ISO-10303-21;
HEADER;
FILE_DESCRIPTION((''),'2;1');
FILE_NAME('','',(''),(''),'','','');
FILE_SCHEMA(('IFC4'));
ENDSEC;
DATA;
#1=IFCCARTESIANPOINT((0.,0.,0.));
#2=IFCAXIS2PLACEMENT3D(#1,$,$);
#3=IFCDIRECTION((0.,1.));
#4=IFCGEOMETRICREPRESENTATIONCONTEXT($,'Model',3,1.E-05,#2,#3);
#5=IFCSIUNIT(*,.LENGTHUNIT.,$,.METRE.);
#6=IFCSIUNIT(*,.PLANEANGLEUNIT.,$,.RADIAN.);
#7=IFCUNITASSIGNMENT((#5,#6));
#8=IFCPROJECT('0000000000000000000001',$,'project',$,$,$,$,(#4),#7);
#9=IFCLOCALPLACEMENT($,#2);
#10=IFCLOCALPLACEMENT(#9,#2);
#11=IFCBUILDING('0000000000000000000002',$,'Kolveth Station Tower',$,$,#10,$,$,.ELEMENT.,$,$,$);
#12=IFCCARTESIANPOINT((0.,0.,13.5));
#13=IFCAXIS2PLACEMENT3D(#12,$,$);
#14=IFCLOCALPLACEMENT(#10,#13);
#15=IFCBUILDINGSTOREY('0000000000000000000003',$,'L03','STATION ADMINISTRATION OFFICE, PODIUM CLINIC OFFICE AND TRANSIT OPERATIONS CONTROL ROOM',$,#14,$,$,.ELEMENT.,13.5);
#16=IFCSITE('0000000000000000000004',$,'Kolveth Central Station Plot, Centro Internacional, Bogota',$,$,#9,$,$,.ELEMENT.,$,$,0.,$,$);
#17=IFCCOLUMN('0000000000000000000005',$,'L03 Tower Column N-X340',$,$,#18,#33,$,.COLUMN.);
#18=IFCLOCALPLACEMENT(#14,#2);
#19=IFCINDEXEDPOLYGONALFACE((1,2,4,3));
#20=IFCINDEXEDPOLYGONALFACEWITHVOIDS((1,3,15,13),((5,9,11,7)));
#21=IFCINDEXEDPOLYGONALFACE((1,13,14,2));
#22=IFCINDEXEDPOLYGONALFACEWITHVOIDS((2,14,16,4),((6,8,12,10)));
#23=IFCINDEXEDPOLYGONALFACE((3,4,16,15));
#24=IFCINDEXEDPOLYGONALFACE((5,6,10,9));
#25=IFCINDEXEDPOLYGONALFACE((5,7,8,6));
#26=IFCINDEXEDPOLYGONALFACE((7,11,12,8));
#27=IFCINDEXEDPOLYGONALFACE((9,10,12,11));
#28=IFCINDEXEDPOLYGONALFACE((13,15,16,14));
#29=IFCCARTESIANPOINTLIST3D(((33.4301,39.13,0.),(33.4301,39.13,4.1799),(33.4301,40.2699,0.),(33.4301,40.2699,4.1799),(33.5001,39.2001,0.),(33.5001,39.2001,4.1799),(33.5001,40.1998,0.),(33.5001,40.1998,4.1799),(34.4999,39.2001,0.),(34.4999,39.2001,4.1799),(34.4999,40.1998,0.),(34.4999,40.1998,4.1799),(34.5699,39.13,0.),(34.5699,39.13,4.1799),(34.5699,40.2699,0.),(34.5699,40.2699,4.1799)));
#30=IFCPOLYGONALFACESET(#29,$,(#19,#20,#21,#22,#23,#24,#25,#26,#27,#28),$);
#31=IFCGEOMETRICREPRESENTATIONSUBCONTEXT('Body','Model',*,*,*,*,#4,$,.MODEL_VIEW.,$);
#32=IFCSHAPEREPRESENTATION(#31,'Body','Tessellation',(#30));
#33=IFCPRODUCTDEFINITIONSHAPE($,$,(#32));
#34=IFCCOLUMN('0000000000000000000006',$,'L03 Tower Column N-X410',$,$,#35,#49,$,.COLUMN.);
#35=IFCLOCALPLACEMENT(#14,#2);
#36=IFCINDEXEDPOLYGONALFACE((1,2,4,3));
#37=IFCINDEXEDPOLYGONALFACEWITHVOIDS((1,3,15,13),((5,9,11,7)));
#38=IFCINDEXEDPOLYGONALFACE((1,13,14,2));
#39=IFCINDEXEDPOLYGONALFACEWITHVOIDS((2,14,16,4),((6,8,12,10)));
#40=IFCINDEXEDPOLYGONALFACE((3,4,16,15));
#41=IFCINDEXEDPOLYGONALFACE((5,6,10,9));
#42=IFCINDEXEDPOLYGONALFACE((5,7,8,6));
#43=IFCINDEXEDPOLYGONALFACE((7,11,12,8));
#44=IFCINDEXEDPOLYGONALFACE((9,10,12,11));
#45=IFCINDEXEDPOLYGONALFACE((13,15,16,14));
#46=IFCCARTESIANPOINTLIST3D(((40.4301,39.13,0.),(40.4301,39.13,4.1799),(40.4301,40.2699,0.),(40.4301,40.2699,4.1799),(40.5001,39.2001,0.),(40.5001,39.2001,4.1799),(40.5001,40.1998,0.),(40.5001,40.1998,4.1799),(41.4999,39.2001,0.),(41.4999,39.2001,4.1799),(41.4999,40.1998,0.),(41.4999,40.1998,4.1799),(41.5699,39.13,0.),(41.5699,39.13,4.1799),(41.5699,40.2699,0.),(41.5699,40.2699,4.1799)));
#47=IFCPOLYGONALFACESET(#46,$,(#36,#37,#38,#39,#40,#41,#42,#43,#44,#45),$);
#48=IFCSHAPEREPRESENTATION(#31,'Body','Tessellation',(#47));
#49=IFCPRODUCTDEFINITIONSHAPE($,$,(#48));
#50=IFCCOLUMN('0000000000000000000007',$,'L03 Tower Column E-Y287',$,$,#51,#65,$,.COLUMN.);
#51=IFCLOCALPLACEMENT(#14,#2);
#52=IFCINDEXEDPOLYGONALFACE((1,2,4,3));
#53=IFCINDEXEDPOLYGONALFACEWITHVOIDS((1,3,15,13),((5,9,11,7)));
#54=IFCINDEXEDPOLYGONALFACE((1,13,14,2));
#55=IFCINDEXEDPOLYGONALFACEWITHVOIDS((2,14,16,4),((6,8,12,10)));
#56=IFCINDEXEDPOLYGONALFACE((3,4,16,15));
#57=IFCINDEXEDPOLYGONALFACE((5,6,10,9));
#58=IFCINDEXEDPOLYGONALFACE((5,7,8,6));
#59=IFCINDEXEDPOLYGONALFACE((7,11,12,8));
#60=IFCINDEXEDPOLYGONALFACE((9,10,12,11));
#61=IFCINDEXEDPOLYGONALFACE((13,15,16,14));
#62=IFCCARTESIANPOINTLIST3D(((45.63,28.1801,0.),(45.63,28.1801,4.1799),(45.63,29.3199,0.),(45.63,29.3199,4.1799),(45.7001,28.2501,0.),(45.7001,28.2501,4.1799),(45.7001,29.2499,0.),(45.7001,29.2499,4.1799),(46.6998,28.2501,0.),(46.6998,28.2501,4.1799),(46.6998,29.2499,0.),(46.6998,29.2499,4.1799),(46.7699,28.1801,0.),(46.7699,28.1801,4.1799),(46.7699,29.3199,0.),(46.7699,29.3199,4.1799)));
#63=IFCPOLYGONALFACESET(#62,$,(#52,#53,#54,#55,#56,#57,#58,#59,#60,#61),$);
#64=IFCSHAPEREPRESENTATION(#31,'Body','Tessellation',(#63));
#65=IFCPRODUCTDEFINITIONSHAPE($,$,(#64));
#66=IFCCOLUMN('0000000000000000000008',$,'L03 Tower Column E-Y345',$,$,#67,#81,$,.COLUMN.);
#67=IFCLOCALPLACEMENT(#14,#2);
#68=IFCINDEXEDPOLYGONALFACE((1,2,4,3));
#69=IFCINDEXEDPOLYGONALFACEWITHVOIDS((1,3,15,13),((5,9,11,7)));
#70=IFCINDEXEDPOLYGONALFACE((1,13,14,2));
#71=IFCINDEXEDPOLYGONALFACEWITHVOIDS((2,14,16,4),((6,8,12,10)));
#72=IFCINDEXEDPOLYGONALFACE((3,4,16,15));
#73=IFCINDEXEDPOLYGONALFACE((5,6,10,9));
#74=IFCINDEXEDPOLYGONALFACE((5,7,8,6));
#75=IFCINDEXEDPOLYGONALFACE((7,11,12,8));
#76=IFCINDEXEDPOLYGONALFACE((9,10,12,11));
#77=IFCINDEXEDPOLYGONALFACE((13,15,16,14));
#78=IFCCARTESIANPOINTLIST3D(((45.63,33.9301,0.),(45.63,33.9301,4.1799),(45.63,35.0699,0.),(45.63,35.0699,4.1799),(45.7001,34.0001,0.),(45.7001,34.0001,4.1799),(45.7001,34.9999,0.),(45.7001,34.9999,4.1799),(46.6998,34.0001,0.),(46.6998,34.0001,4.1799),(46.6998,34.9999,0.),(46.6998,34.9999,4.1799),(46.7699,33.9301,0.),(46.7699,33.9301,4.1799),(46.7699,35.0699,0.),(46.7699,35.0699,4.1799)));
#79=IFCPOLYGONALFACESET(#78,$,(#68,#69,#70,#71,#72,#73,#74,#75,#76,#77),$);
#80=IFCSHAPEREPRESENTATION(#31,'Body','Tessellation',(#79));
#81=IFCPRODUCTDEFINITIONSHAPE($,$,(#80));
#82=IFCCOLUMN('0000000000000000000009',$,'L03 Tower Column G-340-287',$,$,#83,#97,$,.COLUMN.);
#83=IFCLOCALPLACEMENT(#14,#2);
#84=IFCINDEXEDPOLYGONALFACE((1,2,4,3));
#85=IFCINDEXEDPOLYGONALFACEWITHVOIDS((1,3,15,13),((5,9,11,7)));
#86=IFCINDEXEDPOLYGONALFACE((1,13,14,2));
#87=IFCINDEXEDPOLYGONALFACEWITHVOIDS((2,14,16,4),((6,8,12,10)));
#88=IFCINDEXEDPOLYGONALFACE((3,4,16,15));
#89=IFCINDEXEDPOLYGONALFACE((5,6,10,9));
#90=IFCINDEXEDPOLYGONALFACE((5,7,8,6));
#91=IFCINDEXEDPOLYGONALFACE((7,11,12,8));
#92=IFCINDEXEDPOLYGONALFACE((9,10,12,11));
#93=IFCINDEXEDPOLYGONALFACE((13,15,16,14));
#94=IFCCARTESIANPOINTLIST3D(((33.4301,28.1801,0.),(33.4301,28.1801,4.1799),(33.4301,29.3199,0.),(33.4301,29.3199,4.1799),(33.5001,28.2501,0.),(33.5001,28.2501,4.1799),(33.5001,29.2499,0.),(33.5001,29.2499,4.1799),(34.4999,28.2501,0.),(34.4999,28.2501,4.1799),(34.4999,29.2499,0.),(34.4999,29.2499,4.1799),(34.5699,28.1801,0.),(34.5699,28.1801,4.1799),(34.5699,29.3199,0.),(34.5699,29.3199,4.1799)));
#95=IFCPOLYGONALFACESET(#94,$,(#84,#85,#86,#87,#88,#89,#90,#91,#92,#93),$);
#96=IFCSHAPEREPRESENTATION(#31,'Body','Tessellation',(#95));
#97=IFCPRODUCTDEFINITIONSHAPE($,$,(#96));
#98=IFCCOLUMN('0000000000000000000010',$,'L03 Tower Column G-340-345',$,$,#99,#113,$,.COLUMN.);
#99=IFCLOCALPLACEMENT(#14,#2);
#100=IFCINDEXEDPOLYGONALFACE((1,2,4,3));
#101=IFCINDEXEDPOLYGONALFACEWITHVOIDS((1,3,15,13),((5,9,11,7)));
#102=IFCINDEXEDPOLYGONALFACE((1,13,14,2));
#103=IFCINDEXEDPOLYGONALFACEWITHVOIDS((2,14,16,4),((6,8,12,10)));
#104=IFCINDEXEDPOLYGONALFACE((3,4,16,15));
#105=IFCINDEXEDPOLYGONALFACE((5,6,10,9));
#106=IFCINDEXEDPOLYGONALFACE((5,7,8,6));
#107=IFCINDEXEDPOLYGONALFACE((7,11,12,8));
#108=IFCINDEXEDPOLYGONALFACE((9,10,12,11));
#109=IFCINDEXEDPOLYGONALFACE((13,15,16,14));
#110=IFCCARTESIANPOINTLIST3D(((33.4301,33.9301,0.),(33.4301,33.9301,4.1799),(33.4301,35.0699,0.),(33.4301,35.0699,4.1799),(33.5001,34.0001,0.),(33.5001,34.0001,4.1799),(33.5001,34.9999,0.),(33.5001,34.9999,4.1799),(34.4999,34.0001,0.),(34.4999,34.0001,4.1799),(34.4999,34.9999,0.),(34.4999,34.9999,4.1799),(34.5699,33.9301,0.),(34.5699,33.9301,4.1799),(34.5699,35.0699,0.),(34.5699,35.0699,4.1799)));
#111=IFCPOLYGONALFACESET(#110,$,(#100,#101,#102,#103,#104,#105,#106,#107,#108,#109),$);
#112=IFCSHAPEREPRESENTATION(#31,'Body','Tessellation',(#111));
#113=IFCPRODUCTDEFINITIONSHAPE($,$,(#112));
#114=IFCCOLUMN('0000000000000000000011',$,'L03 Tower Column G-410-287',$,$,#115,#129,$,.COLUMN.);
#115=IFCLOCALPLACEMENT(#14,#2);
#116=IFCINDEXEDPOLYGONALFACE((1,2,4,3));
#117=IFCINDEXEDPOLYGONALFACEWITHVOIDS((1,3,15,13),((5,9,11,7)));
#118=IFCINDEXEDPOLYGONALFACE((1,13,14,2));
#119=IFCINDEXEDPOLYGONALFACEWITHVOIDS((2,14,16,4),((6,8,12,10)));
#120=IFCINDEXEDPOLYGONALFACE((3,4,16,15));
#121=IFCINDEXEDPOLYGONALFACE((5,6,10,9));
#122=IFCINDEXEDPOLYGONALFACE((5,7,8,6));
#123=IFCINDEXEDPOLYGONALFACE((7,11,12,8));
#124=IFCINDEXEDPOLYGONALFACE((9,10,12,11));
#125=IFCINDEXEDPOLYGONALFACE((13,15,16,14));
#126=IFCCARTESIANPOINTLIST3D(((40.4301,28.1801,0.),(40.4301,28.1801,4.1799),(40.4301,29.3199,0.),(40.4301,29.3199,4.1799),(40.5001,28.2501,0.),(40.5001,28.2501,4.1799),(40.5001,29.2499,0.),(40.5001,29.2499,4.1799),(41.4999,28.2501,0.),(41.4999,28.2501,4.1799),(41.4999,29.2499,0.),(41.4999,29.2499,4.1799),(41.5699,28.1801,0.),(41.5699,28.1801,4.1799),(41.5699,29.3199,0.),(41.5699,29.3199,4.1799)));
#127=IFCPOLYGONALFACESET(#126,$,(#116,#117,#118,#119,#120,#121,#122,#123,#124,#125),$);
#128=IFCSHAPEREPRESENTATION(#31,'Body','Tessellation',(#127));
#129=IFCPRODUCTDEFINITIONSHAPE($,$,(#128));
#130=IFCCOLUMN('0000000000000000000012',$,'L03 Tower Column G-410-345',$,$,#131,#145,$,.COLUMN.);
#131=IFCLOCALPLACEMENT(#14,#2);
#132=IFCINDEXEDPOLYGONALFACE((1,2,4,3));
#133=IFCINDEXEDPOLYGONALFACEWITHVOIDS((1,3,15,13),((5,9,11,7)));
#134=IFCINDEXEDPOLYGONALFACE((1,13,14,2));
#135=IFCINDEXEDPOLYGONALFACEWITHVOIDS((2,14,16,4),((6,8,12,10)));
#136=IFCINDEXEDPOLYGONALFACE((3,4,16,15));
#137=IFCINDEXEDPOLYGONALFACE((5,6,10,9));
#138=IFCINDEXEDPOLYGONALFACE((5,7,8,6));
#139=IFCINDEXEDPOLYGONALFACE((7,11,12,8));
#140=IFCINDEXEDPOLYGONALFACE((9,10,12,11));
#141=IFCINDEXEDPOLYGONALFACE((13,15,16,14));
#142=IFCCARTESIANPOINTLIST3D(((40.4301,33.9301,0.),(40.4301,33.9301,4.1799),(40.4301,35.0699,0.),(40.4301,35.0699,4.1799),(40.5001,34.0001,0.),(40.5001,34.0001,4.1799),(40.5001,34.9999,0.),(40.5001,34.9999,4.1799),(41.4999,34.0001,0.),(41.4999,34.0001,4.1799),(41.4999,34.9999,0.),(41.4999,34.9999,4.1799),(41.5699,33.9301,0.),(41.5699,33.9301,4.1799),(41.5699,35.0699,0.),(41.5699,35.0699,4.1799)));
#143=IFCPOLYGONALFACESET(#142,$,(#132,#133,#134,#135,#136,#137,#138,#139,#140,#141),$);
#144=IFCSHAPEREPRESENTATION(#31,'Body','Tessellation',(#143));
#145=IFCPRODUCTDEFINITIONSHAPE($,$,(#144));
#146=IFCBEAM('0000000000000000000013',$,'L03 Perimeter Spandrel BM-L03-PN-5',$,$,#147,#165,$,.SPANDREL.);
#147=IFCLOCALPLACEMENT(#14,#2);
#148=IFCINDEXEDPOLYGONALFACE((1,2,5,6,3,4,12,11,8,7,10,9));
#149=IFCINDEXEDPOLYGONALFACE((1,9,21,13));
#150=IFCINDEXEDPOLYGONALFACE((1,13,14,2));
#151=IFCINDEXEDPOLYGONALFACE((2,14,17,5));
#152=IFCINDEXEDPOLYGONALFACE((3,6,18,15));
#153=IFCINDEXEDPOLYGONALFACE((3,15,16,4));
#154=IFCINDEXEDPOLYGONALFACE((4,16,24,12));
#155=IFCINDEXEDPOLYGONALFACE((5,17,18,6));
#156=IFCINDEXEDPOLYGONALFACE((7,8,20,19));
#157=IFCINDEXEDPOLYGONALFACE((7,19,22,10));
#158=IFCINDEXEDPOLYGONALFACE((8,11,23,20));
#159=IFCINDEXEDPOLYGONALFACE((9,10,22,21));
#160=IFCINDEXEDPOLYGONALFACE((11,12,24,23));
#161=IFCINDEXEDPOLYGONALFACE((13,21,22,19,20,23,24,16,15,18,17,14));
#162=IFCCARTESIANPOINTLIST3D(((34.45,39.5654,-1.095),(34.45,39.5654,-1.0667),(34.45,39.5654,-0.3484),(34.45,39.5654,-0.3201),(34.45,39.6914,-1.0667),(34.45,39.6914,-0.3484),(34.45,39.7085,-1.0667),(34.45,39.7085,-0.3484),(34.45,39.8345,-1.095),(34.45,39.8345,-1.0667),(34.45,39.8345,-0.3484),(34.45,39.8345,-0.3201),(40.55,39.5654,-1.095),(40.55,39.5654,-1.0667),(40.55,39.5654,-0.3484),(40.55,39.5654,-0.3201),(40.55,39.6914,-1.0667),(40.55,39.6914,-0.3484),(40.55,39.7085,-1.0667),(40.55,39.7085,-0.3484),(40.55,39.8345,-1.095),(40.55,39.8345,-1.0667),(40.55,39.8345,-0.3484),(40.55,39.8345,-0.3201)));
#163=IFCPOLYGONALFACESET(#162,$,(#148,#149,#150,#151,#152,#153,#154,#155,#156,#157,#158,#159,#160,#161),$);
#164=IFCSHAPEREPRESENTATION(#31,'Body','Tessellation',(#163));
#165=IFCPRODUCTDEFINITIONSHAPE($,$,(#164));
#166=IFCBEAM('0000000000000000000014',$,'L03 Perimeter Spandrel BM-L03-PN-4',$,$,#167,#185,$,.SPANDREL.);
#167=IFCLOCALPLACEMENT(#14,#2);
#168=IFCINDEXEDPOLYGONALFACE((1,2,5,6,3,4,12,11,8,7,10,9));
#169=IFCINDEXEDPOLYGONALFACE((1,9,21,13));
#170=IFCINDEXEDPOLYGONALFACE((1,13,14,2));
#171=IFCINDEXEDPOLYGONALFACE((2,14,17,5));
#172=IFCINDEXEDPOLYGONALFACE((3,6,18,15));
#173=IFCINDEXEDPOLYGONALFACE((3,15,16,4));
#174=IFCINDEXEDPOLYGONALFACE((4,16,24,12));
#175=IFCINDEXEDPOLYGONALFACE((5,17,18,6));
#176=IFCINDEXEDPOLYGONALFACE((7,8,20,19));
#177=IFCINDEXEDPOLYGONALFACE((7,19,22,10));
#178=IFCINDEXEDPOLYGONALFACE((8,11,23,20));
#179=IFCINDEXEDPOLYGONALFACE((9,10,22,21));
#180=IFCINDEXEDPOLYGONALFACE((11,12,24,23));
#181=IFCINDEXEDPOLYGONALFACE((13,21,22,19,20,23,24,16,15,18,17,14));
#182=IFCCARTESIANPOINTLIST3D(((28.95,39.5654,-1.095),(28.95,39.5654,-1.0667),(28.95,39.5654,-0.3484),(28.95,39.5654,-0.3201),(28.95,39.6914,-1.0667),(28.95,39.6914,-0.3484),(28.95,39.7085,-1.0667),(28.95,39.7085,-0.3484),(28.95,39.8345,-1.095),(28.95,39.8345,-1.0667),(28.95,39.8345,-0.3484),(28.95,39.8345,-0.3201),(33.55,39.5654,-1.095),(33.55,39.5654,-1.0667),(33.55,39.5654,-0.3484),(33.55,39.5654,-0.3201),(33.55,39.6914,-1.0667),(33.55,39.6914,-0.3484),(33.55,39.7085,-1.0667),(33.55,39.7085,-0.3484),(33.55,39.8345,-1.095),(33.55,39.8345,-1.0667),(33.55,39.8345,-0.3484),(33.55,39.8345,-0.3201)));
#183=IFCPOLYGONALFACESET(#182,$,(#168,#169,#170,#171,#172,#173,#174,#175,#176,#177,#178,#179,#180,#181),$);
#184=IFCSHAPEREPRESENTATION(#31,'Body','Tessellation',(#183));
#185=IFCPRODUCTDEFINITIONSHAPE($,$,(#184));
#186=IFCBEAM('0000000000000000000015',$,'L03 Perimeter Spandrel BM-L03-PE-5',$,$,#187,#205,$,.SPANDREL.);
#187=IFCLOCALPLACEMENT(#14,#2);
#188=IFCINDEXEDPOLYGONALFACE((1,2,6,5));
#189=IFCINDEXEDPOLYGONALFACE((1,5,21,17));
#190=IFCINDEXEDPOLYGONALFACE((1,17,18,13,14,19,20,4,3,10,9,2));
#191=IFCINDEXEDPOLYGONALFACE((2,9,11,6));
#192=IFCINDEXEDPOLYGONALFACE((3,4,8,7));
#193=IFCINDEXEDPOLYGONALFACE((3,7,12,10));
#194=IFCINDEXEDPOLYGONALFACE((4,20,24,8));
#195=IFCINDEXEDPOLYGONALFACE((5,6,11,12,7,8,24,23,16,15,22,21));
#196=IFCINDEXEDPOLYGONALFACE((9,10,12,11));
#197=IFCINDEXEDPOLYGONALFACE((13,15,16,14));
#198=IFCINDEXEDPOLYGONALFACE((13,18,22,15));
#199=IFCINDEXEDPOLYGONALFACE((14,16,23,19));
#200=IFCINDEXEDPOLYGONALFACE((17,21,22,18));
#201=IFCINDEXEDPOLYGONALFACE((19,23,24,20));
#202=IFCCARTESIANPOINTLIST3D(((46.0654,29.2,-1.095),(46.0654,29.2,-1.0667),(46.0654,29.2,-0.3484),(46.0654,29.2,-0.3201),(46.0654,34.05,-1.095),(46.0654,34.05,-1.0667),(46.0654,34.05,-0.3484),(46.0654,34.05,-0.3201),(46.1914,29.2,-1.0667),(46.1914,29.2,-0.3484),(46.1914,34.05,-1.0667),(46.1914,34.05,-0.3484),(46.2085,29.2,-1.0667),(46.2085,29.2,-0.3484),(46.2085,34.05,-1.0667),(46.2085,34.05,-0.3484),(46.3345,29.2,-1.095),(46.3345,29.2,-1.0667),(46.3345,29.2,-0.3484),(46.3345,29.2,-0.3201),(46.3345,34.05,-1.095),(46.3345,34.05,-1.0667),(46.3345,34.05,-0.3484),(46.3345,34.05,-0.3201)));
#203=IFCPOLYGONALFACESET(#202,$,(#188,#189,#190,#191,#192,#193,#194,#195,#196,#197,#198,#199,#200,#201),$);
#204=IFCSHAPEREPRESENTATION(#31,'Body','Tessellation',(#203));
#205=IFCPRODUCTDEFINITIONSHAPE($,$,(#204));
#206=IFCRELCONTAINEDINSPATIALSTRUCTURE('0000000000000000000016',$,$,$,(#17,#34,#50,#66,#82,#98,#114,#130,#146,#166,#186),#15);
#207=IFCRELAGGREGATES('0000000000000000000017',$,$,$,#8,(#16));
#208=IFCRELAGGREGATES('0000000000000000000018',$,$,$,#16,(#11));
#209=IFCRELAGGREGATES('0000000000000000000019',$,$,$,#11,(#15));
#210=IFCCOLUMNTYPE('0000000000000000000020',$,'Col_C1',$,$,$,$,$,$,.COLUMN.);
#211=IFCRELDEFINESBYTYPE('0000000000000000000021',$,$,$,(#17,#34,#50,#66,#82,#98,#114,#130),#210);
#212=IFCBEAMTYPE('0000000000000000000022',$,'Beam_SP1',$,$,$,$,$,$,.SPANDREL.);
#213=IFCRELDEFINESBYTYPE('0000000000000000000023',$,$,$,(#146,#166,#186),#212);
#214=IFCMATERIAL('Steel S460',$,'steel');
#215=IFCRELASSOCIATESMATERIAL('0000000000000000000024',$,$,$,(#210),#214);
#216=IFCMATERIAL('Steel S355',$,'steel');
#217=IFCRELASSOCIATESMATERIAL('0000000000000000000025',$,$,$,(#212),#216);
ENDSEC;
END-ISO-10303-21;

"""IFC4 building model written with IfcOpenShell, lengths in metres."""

from ifc_helpers import new_model, si_unit, direction, frame, origin, origin_2d, place, context, subcontext, project, spatial, hollow_rectangle, i_section, extrude, source, transform, mapped, material, material_profile, profile_set, type_object, element, save


model = new_model("IFC4")

# Units and contexts
model_context = context("Model", 3, precision=1e-05, world=origin(), true_north=direction((0.0, 1.0)))
body_context = subcontext(model_context, "Body", "Model", "MODEL_VIEW")
ifc_project = project(units=[si_unit("LENGTHUNIT", "METRE"), si_unit("PLANEANGLEUNIT", "RADIAN")], contexts=[model_context])

# Site, building, storey
site_placement = place(None, origin())
site = spatial("IfcSite", under=ifc_project, at=site_placement, Name="Kolveth Central Station Plot, Centro Internacional, Bogota", CompositionType="ELEMENT", RefElevation=0.0)
building_placement = place(site_placement, origin())
building = spatial("IfcBuilding", under=site, at=building_placement, Name="Kolveth Station Tower", CompositionType="ELEMENT")
storey_placement = place(building_placement, frame((0.0, 0.0, 13.5)))
storey = spatial("IfcBuildingStorey", under=building, at=storey_placement, Name="L03", Description="STATION ADMINISTRATION OFFICE, PODIUM CLINIC OFFICE AND TRANSIT OPERATIONS CONTROL ROOM", CompositionType="ELEMENT", Elevation=13.5)

# Columns
ifc_material_1 = material(Name="Steel S460", Category="steel")
ifc_material_profile_1 = material_profile(ifc_material_1, hollow_rectangle(XDim=1.1399, YDim=1.1399, WallThickness=0.0701, at=origin_2d()), Name="BOX1140x1140x70")
ifc_profile_set_1 = profile_set([ifc_material_profile_1], Name="Steel S460")
column_type = type_object("IfcColumnType", Name="Col_C1", PredefinedType="COLUMN", material=ifc_profile_set_1)
shared_shape_1 = source(origin(), body_context, "Body", "SweptSolid", [
    extrude(hollow_rectangle(XDim=1.1399, YDim=1.1399, WallThickness=0.0701, at=origin_2d()), origin(), (0.0, 0.0, 1.0), 4.1799),
])
for number, where, z_axis, x_axis, name in (
    (1, (34.0, 39.7, 0.0), (0.0, 0.0, 1.0), (1.0, 0.0, 0.0), "L03 Tower Column N-X340"),
    (2, (41.0, 39.7, 0.0), (0.0, 0.0, 1.0), (1.0, 0.0, 0.0), "L03 Tower Column N-X410"),
    (3, (46.2, 28.75, 0.0), (0.0, 0.0, 1.0), (1.0, 0.0, 0.0), "L03 Tower Column E-Y287"),
    (4, (46.2, 34.5, 0.0), (0.0, 0.0, 1.0), (1.0, 0.0, 0.0), "L03 Tower Column E-Y345"),
    (5, (34.0, 28.75, 0.0), (0.0, 0.0, 1.0), (1.0, 0.0, 0.0), "L03 Tower Column G-340-287"),
    (6, (34.0, 34.5, 0.0), (0.0, 0.0, 1.0), (1.0, 0.0, 0.0), "L03 Tower Column G-340-345"),
    (7, (41.0, 28.75, 0.0), (0.0, 0.0, 1.0), (1.0, 0.0, 0.0), "L03 Tower Column G-410-287"),
    (8, (41.0, 34.5, 0.0), (0.0, 0.0, 1.0), (1.0, 0.0, 0.0), "L03 Tower Column G-410-345"),
):
    element("IfcColumn", number, at=place(storey_placement, frame(where, z_axis=z_axis, x_axis=x_axis)), inside=storey, type_object=column_type, Name=name, PredefinedType="COLUMN", context=body_context, shape_type="MappedRepresentation", body=[
        mapped(shared_shape_1, transform((0.0, 0.0, 0.0), x_axis=(1.0, 0.0, 0.0), y_axis=(0.0, 1.0, 0.0), z_axis=(0.0, 0.0, 1.0), scale=1.0)),
    ])

# Beams
ifc_material_2 = material(Name="Steel S355", Category="steel")
ifc_material_profile_2 = material_profile(ifc_material_2, i_section(OverallWidth=0.269, OverallDepth=0.7749, WebThickness=0.0171, FlangeThickness=0.0283, at=origin_2d()), Name="W760x220")
ifc_profile_set_2 = profile_set([ifc_material_profile_2], Name="Steel S355")
beam_type_1 = type_object("IfcBeamType", Name="Beam_SP1", PredefinedType="SPANDREL", material=ifc_profile_set_2)
shared_shape_2 = source(origin(), body_context, "Body", "SweptSolid", [
    extrude(i_section(OverallWidth=0.269, OverallDepth=0.7749, WebThickness=0.0171, FlangeThickness=0.0283, at=origin_2d()), origin(), (0.0, 0.0, 1.0), 6.1001),
])
beam_1_placement = place(storey_placement, frame((34.45, 39.7, -0.7075), z_axis=(1.0, 0.0, 0.0), x_axis=(0.0, 1.0, 0.0)))
element("IfcBeam", 9, at=beam_1_placement, inside=storey, type_object=beam_type_1, Name="L03 Perimeter Spandrel BM-L03-PN-5", PredefinedType="SPANDREL", context=body_context, shape_type="MappedRepresentation", body=[
    mapped(shared_shape_2, transform((0.0, 0.0, 0.0), x_axis=(1.0, 0.0, 0.0), y_axis=(0.0, 1.0, 0.0), z_axis=(0.0, 0.0, 1.0), scale=1.0)),
])
shared_shape_3 = source(origin(), body_context, "Body", "SweptSolid", [
    extrude(i_section(OverallWidth=0.269, OverallDepth=0.7749, WebThickness=0.0171, FlangeThickness=0.0283, at=origin_2d()), origin(), (0.0, 0.0, 1.0), 4.6001),
])
beam_2_placement = place(storey_placement, frame((28.95, 39.7, -0.7075), z_axis=(1.0, 0.0, 0.0), x_axis=(0.0, 1.0, 0.0)))
element("IfcBeam", 10, at=beam_2_placement, inside=storey, type_object=beam_type_1, Name="L03 Perimeter Spandrel BM-L03-PN-4", PredefinedType="SPANDREL", context=body_context, shape_type="MappedRepresentation", body=[
    mapped(shared_shape_3, transform((0.0, 0.0, 0.0), x_axis=(1.0, 0.0, 0.0), y_axis=(0.0, 1.0, 0.0), z_axis=(0.0, 0.0, 1.0), scale=1.0)),
])
shared_shape_4 = source(origin(), body_context, "Body", "SweptSolid", [
    extrude(i_section(OverallWidth=0.269, OverallDepth=0.7749, WebThickness=0.0171, FlangeThickness=0.0283, at=origin_2d()), origin(), (0.0, 0.0, 1.0), 4.8501),
])
beam_3_placement = place(storey_placement, frame((46.2, 29.2, -0.7075), z_axis=(0.0, 1.0, 0.0), x_axis=(-1.0, 0.0, 0.0)))
element("IfcBeam", 11, at=beam_3_placement, inside=storey, type_object=beam_type_1, Name="L03 Perimeter Spandrel BM-L03-PE-5", PredefinedType="SPANDREL", context=body_context, shape_type="MappedRepresentation", body=[
    mapped(shared_shape_4, transform((0.0, 0.0, 0.0), x_axis=(1.0, 0.0, 0.0), y_axis=(0.0, 1.0, 0.0), z_axis=(0.0, 0.0, 1.0), scale=1.0)),
])

save(model, "model.ifc")
